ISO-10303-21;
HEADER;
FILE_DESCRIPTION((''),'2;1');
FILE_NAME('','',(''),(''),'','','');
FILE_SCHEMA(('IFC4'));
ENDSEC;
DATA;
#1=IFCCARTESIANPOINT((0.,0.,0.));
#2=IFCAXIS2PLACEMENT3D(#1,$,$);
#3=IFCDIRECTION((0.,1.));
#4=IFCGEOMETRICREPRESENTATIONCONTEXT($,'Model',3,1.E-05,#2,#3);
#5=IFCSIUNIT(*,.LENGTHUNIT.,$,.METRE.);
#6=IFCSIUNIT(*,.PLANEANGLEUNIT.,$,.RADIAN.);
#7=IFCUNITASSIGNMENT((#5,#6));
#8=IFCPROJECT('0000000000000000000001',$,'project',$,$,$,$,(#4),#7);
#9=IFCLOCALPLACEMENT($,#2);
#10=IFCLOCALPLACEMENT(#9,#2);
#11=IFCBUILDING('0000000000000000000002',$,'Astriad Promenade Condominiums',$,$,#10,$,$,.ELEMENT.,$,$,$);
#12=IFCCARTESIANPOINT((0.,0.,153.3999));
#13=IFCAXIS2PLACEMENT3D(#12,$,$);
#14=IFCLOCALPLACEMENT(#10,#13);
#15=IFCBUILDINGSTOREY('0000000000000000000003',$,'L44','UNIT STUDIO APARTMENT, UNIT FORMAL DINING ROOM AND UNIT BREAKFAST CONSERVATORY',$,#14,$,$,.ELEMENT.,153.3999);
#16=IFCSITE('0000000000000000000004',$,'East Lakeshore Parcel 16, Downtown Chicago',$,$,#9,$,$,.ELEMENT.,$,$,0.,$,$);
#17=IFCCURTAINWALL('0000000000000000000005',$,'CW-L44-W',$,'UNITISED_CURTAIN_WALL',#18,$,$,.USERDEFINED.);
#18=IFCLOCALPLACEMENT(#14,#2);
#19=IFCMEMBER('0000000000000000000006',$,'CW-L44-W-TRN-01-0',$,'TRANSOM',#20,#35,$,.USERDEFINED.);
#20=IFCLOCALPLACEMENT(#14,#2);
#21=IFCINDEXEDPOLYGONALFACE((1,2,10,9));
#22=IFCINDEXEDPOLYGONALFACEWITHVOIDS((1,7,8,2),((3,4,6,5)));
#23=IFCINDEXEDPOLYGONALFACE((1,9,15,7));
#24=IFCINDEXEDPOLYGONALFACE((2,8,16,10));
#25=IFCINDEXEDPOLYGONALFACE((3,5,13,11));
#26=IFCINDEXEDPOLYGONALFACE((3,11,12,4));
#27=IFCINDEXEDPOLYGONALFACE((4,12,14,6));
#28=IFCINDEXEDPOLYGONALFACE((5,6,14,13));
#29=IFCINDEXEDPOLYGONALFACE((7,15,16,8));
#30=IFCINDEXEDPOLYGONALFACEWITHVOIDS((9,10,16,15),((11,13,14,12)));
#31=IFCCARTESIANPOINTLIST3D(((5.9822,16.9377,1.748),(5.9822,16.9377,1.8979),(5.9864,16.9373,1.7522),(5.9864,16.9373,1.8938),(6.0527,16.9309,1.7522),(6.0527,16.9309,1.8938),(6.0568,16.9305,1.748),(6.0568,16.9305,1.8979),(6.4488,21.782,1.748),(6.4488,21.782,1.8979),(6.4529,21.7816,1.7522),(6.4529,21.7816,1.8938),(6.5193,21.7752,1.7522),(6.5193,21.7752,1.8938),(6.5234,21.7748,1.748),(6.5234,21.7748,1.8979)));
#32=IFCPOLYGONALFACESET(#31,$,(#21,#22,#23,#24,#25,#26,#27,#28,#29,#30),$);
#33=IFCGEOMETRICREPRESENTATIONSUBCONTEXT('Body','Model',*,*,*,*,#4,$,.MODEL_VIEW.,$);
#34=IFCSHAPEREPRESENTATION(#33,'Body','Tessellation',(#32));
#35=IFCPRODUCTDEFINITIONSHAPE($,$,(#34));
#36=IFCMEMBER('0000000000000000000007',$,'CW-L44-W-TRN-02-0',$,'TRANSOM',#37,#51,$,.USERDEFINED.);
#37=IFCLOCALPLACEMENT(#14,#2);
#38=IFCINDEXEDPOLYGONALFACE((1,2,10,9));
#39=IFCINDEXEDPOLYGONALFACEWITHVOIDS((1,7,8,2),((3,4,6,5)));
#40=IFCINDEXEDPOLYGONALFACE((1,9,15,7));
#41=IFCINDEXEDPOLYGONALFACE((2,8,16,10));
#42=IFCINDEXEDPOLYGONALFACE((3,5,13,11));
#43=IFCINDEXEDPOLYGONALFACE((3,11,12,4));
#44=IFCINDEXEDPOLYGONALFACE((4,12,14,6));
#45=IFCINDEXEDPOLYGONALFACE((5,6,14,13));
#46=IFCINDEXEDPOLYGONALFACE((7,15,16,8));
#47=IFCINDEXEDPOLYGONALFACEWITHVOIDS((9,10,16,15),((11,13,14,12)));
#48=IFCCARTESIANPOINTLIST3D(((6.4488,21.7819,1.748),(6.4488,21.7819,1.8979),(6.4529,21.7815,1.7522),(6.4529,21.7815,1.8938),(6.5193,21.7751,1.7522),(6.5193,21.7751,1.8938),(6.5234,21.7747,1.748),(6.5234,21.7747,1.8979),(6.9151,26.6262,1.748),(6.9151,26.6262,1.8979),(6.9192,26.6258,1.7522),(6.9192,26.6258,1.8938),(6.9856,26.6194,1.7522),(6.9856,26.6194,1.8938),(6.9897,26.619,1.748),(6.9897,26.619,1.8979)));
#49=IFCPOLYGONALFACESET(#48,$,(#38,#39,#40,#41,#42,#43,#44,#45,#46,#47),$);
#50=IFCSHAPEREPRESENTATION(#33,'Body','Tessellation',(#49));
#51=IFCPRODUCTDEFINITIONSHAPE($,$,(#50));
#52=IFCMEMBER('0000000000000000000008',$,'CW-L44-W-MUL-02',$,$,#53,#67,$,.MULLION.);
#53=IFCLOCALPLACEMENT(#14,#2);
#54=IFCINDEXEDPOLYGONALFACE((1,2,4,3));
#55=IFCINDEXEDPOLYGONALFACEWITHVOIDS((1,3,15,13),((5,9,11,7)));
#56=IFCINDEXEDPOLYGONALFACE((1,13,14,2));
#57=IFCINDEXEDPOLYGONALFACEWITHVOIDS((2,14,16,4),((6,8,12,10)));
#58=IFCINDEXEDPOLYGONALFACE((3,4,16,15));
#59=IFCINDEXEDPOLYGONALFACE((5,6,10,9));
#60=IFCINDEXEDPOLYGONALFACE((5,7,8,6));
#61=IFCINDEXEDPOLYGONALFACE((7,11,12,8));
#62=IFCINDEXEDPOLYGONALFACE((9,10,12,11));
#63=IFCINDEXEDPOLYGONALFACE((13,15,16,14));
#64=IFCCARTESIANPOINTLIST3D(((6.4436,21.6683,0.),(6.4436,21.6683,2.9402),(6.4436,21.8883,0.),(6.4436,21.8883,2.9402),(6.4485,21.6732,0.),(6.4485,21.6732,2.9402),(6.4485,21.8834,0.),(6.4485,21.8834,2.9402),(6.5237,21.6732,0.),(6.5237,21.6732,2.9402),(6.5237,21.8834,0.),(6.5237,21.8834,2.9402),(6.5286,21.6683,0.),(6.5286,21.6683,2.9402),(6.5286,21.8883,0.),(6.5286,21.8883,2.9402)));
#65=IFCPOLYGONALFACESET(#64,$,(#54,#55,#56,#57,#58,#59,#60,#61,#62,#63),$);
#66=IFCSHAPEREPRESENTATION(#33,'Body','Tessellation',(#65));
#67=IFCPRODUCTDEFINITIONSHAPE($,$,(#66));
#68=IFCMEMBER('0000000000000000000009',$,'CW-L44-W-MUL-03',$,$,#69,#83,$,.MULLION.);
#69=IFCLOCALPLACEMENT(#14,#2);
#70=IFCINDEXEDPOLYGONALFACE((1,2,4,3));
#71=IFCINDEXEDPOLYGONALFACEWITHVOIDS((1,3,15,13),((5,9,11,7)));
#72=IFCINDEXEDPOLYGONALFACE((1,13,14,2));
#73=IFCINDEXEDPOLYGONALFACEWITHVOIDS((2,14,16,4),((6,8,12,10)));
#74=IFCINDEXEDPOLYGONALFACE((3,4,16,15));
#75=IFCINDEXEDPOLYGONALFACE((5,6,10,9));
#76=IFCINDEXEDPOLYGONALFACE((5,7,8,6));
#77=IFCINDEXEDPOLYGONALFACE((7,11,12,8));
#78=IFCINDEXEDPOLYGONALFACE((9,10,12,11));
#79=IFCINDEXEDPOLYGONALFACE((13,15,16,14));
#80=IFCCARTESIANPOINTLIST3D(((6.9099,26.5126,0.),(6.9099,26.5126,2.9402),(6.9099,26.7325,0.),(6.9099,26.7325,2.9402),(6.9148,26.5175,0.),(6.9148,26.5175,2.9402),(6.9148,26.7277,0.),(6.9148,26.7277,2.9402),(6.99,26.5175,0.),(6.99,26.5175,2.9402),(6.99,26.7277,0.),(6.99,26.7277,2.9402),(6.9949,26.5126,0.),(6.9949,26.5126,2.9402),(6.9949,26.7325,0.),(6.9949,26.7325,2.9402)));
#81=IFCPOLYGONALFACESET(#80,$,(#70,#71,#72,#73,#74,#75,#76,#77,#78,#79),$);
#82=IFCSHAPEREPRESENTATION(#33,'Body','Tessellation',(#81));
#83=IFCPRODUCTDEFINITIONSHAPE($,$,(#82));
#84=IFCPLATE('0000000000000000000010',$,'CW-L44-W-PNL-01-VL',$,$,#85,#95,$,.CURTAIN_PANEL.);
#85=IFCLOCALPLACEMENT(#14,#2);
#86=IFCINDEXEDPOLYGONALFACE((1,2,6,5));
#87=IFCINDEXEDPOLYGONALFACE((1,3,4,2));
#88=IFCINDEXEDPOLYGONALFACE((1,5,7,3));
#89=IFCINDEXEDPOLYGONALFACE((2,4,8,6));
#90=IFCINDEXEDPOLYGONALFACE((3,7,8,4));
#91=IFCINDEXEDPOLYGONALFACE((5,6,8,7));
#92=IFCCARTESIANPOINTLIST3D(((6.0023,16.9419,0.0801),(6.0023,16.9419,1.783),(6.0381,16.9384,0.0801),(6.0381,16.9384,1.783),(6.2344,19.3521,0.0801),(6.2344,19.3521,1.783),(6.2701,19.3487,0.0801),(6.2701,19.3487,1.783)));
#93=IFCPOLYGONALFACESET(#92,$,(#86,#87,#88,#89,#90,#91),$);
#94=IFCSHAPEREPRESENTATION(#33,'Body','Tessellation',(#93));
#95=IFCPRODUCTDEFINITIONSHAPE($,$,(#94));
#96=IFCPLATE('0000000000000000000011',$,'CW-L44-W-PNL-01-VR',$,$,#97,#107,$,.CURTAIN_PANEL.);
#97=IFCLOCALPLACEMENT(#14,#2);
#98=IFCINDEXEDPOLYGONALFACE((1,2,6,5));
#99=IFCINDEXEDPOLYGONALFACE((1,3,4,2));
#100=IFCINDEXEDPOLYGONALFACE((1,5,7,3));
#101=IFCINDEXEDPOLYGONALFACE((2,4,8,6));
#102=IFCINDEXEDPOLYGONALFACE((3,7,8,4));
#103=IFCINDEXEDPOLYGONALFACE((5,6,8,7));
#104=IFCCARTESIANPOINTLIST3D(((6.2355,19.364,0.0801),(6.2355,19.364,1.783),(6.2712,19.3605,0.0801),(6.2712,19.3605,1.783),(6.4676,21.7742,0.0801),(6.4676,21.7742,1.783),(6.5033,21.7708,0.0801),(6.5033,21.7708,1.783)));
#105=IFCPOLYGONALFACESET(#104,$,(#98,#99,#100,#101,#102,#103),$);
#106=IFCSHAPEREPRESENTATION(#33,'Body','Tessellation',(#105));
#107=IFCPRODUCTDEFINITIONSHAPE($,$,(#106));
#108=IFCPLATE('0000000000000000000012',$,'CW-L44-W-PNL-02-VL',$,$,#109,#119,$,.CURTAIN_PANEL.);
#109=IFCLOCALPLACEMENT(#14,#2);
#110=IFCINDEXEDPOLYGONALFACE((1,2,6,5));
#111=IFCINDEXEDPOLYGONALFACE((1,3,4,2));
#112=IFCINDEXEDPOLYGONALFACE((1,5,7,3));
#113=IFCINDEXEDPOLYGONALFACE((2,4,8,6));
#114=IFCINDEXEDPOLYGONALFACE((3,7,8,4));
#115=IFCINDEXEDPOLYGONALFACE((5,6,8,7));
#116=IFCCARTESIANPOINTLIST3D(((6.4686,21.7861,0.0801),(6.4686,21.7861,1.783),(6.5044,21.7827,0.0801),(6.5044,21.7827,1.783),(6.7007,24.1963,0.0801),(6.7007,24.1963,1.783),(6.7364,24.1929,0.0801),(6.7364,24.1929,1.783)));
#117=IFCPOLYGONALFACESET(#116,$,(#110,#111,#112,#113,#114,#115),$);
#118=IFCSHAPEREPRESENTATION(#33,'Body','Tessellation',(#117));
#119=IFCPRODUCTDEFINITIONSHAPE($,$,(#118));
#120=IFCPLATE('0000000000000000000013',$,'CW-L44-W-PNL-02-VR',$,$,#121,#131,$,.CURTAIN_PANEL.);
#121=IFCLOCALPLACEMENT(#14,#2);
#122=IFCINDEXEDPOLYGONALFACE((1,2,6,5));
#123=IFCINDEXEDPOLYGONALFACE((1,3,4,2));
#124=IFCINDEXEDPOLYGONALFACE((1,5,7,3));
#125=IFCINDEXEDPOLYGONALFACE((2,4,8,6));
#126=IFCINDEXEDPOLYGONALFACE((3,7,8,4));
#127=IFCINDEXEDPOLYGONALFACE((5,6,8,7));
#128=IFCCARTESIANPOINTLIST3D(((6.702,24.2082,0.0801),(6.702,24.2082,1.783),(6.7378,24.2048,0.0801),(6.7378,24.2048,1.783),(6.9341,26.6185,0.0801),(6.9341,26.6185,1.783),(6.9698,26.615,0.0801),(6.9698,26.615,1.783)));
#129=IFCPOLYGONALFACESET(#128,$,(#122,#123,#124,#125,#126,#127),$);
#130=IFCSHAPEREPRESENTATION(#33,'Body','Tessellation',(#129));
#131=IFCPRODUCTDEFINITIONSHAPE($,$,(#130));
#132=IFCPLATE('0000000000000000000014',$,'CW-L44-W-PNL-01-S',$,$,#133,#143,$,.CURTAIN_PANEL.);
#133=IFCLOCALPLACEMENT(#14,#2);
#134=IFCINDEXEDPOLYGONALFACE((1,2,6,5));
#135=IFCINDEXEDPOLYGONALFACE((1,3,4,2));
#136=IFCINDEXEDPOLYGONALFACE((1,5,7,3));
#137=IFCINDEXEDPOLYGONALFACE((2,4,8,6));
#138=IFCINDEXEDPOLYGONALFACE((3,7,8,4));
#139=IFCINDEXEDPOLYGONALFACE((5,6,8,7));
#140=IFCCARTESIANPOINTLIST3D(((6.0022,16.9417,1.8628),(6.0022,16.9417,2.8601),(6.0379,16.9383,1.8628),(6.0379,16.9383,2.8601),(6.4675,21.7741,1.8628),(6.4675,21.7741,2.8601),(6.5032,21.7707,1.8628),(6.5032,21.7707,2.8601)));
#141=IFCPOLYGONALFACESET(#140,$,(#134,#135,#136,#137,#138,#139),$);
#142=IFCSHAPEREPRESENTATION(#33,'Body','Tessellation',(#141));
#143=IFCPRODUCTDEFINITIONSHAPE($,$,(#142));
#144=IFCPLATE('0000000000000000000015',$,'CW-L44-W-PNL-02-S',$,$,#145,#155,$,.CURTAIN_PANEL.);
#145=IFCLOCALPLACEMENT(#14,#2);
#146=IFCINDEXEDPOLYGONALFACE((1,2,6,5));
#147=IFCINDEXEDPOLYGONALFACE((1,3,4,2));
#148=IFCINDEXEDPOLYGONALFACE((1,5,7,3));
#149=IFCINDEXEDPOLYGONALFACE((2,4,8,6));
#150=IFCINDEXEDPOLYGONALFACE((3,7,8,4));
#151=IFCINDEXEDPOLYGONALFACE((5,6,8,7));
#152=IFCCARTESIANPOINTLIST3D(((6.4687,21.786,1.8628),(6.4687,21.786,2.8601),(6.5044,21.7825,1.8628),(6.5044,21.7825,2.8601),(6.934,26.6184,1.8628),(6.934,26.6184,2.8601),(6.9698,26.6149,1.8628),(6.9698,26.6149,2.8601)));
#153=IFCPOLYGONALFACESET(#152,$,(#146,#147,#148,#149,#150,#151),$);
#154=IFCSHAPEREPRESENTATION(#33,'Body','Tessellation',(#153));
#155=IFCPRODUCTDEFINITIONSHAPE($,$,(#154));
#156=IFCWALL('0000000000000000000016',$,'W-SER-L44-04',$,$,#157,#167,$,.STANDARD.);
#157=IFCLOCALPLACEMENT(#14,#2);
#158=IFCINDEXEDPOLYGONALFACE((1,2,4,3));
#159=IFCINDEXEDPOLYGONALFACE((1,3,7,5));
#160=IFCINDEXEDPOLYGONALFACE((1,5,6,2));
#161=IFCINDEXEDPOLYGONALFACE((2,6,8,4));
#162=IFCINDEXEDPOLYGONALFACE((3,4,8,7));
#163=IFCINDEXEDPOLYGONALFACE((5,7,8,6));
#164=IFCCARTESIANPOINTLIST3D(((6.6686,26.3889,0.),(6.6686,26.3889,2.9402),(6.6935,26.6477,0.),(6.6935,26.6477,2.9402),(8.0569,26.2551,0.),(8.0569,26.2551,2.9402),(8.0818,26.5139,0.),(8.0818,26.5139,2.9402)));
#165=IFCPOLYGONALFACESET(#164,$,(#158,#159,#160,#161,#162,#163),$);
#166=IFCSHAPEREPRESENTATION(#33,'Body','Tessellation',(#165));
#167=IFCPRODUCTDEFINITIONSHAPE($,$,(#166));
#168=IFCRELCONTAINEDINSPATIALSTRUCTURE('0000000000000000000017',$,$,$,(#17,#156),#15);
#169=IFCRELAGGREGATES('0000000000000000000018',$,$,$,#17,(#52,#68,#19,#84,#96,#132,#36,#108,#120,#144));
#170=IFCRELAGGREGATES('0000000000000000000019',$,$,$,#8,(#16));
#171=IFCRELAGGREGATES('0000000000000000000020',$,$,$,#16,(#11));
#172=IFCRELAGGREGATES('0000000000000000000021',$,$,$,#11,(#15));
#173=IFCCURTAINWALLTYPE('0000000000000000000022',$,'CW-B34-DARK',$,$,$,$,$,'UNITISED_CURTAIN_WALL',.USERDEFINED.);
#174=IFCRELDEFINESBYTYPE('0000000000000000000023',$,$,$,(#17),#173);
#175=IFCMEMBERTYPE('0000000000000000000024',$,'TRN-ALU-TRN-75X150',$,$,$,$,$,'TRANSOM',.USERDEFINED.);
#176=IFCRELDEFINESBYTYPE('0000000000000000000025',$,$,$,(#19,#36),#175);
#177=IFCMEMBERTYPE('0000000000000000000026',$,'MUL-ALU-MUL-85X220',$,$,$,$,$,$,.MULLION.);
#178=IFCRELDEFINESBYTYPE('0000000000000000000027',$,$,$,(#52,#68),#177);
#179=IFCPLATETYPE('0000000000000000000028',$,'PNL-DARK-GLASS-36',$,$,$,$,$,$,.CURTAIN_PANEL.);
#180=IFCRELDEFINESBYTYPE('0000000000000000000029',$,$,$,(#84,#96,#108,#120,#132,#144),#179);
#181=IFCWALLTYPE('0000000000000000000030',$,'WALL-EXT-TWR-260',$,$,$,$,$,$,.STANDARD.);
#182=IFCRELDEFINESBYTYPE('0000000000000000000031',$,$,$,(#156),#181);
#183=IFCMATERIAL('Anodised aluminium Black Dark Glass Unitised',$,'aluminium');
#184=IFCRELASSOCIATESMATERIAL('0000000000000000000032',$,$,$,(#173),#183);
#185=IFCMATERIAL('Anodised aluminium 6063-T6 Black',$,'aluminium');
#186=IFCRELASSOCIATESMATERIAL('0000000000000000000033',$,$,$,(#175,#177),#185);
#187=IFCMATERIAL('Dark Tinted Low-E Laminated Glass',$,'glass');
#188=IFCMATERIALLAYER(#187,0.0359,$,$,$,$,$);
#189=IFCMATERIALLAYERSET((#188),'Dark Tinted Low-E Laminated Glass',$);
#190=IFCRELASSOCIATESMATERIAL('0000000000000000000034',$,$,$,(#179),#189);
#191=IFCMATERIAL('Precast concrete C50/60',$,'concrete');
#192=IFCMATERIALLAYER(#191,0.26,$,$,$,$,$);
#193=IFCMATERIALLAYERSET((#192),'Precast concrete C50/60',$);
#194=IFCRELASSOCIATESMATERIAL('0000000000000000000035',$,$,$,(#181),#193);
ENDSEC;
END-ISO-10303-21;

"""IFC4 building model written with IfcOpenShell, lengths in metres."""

from ifc_helpers import new_model, si_unit, direction, frame, frame_2d, origin, origin_2d, place, context, subcontext, project, spatial, rectangle, hollow_rectangle, extrude, source, transform, mapped, material, layer, layer_set, material_profile, profile_set, type_object, type_shapes, element, aggregate, save


model = new_model("IFC4")

# Units and contexts
model_context = context("Model", 3, precision=1e-05, world=origin(), true_north=direction((0.0, 1.0)))
body_context = subcontext(model_context, "Body", "Model", "MODEL_VIEW")
ifc_project = project(units=[si_unit("LENGTHUNIT", "METRE"), si_unit("PLANEANGLEUNIT", "RADIAN")], contexts=[model_context])

# Site, building, storey
site_placement = place(None, origin())
site = spatial("IfcSite", under=ifc_project, at=site_placement, Name="East Lakeshore Parcel 16, Downtown Chicago", CompositionType="ELEMENT", RefElevation=0.0)
building_placement = place(site_placement, origin())
building = spatial("IfcBuilding", under=site, at=building_placement, Name="Astriad Promenade Condominiums", CompositionType="ELEMENT")
storey_placement = place(building_placement, frame((0.0, 0.0, 153.3999)))
storey = spatial("IfcBuildingStorey", under=building, at=storey_placement, Name="L44", Description="UNIT STUDIO APARTMENT, UNIT FORMAL DINING ROOM AND UNIT BREAKFAST CONSERVATORY", CompositionType="ELEMENT", Elevation=153.3999)

# Curtain wall, members, plates
ifc_material_1 = material(Name="Anodised aluminium Black Dark Glass Unitised", Category="aluminium")
curtain_wall_type = type_object("IfcCurtainWallType", Name="CW-B34-DARK", ElementType="UNITISED_CURTAIN_WALL", PredefinedType="USERDEFINED", material=ifc_material_1)
curtain_wall_placement = place(storey_placement, origin())
curtain_wall = element("IfcCurtainWall", 1, at=curtain_wall_placement, inside=storey, type_object=curtain_wall_type, Name="CW-L44-W", ObjectType="UNITISED_CURTAIN_WALL", PredefinedType="USERDEFINED")
ifc_material_2 = material(Name="Anodised aluminium 6063-T6 Black", Category="aluminium")
ifc_material_profile_1 = material_profile(ifc_material_2, hollow_rectangle(XDim=0.075, YDim=0.1499, WallThickness=0.0042, at=origin_2d()), Name="ALU-TRN-75X150")
ifc_profile_set_1 = profile_set([ifc_material_profile_1], Name="Anodised aluminium 6063-T6 Black")
member_type_1 = type_object("IfcMemberType", Name="TRN-ALU-TRN-75X150", ElementType="TRANSOM", PredefinedType="USERDEFINED", material=ifc_profile_set_1)
shared_shape_1 = source(origin(), body_context, "Body", "SweptSolid", [
    extrude(hollow_rectangle(XDim=0.075, YDim=0.1499, WallThickness=0.0042, at=origin_2d()), origin(), (0.0, 0.0, 1.0), 4.8667),
])
type_shapes(member_type_1, [shared_shape_1])
member_1_placement = place(storey_placement, frame((6.0195, 16.9341, 1.823), z_axis=(0.095867, 0.995394, 0.0), x_axis=(-0.995394, 0.095867, 0.0)))
member_1 = element("IfcMember", 2, at=member_1_placement, type_object=member_type_1, Name="CW-L44-W-TRN-01-0", ObjectType="TRANSOM", PredefinedType="USERDEFINED", context=body_context, shape_type="MappedRepresentation", body=[
    mapped(shared_shape_1, transform((0.0, 0.0, 0.0), scale=1.0)),
])
member_2_placement = place(storey_placement, frame((6.4861, 21.7783, 1.823), z_axis=(0.095818, 0.995399, 0.0), x_axis=(-0.995399, 0.095818, 0.0)))
member_2 = element("IfcMember", 3, at=member_2_placement, type_object=member_type_1, Name="CW-L44-W-TRN-02-0", ObjectType="TRANSOM", PredefinedType="USERDEFINED", context=body_context, shape_type="MappedRepresentation", body=[
    mapped(shared_shape_1, transform((0.0, 0.0, 0.0), scale=1.0)),
])
ifc_material_profile_2 = material_profile(ifc_material_2, hollow_rectangle(XDim=0.085, YDim=0.22, WallThickness=0.0049, at=origin_2d()), Name="ALU-MUL-85X220")
ifc_profile_set_2 = profile_set([ifc_material_profile_2], Name="Anodised aluminium 6063-T6 Black")
member_type_2 = type_object("IfcMemberType", Name="MUL-ALU-MUL-85X220", PredefinedType="MULLION", material=ifc_profile_set_2)
shared_shape_2 = source(origin(), body_context, "Body", "SweptSolid", [
    extrude(hollow_rectangle(XDim=0.085, YDim=0.22, WallThickness=0.0049, at=origin_2d()), origin(), (0.0, 0.0, 1.0), 2.9402),
])
type_shapes(member_type_2, [shared_shape_2])
member_3_placement = place(storey_placement, frame((6.4861, 21.7783, 0.0), z_axis=(0.0, 0.0, 1.0), x_axis=(1.0, 0.0, 0.0)))
member_3 = element("IfcMember", 4, at=member_3_placement, type_object=member_type_2, Name="CW-L44-W-MUL-02", PredefinedType="MULLION", context=body_context, shape_type="MappedRepresentation", body=[
    mapped(shared_shape_2, transform((0.0, 0.0, 0.0), scale=1.0)),
])
member_4_placement = place(storey_placement, frame((6.9524, 26.6226, 0.0), z_axis=(0.0, 0.0, 1.0), x_axis=(1.0, 0.0, 0.0)))
member_4 = element("IfcMember", 5, at=member_4_placement, type_object=member_type_2, Name="CW-L44-W-MUL-03", PredefinedType="MULLION", context=body_context, shape_type="MappedRepresentation", body=[
    mapped(shared_shape_2, transform((0.0, 0.0, 0.0), scale=1.0)),
])
ifc_material_3 = material(Name="Dark Tinted Low-E Laminated Glass", Category="glass")
ifc_layer_1 = layer(ifc_material_3, 0.0359)
ifc_layer_set_1 = layer_set([ifc_layer_1], Name="Dark Tinted Low-E Laminated Glass")
plate_type = type_object("IfcPlateType", Name="PNL-DARK-GLASS-36", PredefinedType="CURTAIN_PANEL", material=ifc_layer_set_1)
shared_shape_3 = source(origin(), body_context, "Body", "SweptSolid", [
    extrude(rectangle(XDim=2.4214, YDim=0.0359, at=origin_2d()), origin(), (0.0, 0.0, 1.0), 1.7029),
])
plate_1_placement = place(storey_placement, frame((6.1362, 18.1453, 0.0801), z_axis=(0.0, 0.0, 1.0), x_axis=(0.095846, 0.995396, 0.0)))
plate_1 = element("IfcPlate", 6, at=plate_1_placement, type_object=plate_type, Name="CW-L44-W-PNL-01-VL", PredefinedType="CURTAIN_PANEL", context=body_context, shape_type="MappedRepresentation", body=[
    mapped(shared_shape_3, transform((0.0, 0.0, 0.0), scale=1.0)),
])
plate_2_placement = place(storey_placement, frame((6.3694, 20.5674, 0.0801), z_axis=(0.0, 0.0, 1.0), x_axis=(0.095846, 0.995396, 0.0)))
plate_2 = element("IfcPlate", 7, at=plate_2_placement, type_object=plate_type, Name="CW-L44-W-PNL-01-VR", PredefinedType="CURTAIN_PANEL", context=body_context, shape_type="MappedRepresentation", body=[
    mapped(shared_shape_3, transform((0.0, 0.0, 0.0), scale=1.0)),
])
plate_3_placement = place(storey_placement, frame((6.6025, 22.9895, 0.0801), z_axis=(0.0, 0.0, 1.0), x_axis=(0.095846, 0.995396, 0.0)))
plate_3 = element("IfcPlate", 8, at=plate_3_placement, type_object=plate_type, Name="CW-L44-W-PNL-02-VL", PredefinedType="CURTAIN_PANEL", context=body_context, shape_type="MappedRepresentation", body=[
    mapped(shared_shape_3, transform((0.0, 0.0, 0.0), scale=1.0)),
])
plate_4_placement = place(storey_placement, frame((6.8359, 25.4116, 0.0801), z_axis=(0.0, 0.0, 1.0), x_axis=(0.095846, 0.995396, 0.0)))
plate_4 = element("IfcPlate", 9, at=plate_4_placement, type_object=plate_type, Name="CW-L44-W-PNL-02-VR", PredefinedType="CURTAIN_PANEL", context=body_context, shape_type="MappedRepresentation", body=[
    mapped(shared_shape_3, transform((0.0, 0.0, 0.0), scale=1.0)),
])
shared_shape_4 = source(origin(), body_context, "Body", "SweptSolid", [
    extrude(rectangle(XDim=4.8547, YDim=0.0359, at=origin_2d()), origin(), (0.0, 0.0, 1.0), 0.9973),
])
type_shapes(plate_type, [shared_shape_3, shared_shape_4])
plate_5_placement = place(storey_placement, frame((6.2527, 19.3562, 1.8628), z_axis=(0.0, 0.0, 1.0), x_axis=(0.095846, 0.995396, 0.0)))
plate_5 = element("IfcPlate", 10, at=plate_5_placement, type_object=plate_type, Name="CW-L44-W-PNL-01-S", PredefinedType="CURTAIN_PANEL", context=body_context, shape_type="MappedRepresentation", body=[
    mapped(shared_shape_4, transform((0.0, 0.0, 0.0), scale=1.0)),
])
plate_6_placement = place(storey_placement, frame((6.7192, 24.2004, 1.8628), z_axis=(0.0, 0.0, 1.0), x_axis=(0.095846, 0.995396, 0.0)))
plate_6 = element("IfcPlate", 11, at=plate_6_placement, type_object=plate_type, Name="CW-L44-W-PNL-02-S", PredefinedType="CURTAIN_PANEL", context=body_context, shape_type="MappedRepresentation", body=[
    mapped(shared_shape_4, transform((0.0, 0.0, 0.0), scale=1.0)),
])
aggregate(curtain_wall, [member_3, member_4, member_1, plate_1, plate_2, plate_5, member_2, plate_3, plate_4, plate_6])

# Wall
ifc_material_4 = material(Name="Precast concrete C50/60", Category="concrete")
ifc_layer_2 = layer(ifc_material_4, 0.26)
ifc_layer_set_2 = layer_set([ifc_layer_2], Name="Precast concrete C50/60")
wall_type_1 = type_object("IfcWallType", Name="WALL-EXT-TWR-260", PredefinedType="STANDARD", material=ifc_layer_set_2)
wall_1_placement = place(storey_placement, frame((6.6812, 26.5183, 0.0), z_axis=(0.0, 0.0, 1.0), x_axis=(0.995389, -0.095916, 0.0)))
element("IfcWall", 12, at=wall_1_placement, inside=storey, type_object=wall_type_1, Name="W-SER-L44-04", PredefinedType="STANDARD", context=body_context, shape_type="SweptSolid", body=[
    extrude(rectangle(XDim=1.3948, YDim=0.26, at=frame_2d((0.6973, 0.0))), origin(), (0.0, 0.0, 1.0), 2.9402),
])

save(model, "model.ifc")
